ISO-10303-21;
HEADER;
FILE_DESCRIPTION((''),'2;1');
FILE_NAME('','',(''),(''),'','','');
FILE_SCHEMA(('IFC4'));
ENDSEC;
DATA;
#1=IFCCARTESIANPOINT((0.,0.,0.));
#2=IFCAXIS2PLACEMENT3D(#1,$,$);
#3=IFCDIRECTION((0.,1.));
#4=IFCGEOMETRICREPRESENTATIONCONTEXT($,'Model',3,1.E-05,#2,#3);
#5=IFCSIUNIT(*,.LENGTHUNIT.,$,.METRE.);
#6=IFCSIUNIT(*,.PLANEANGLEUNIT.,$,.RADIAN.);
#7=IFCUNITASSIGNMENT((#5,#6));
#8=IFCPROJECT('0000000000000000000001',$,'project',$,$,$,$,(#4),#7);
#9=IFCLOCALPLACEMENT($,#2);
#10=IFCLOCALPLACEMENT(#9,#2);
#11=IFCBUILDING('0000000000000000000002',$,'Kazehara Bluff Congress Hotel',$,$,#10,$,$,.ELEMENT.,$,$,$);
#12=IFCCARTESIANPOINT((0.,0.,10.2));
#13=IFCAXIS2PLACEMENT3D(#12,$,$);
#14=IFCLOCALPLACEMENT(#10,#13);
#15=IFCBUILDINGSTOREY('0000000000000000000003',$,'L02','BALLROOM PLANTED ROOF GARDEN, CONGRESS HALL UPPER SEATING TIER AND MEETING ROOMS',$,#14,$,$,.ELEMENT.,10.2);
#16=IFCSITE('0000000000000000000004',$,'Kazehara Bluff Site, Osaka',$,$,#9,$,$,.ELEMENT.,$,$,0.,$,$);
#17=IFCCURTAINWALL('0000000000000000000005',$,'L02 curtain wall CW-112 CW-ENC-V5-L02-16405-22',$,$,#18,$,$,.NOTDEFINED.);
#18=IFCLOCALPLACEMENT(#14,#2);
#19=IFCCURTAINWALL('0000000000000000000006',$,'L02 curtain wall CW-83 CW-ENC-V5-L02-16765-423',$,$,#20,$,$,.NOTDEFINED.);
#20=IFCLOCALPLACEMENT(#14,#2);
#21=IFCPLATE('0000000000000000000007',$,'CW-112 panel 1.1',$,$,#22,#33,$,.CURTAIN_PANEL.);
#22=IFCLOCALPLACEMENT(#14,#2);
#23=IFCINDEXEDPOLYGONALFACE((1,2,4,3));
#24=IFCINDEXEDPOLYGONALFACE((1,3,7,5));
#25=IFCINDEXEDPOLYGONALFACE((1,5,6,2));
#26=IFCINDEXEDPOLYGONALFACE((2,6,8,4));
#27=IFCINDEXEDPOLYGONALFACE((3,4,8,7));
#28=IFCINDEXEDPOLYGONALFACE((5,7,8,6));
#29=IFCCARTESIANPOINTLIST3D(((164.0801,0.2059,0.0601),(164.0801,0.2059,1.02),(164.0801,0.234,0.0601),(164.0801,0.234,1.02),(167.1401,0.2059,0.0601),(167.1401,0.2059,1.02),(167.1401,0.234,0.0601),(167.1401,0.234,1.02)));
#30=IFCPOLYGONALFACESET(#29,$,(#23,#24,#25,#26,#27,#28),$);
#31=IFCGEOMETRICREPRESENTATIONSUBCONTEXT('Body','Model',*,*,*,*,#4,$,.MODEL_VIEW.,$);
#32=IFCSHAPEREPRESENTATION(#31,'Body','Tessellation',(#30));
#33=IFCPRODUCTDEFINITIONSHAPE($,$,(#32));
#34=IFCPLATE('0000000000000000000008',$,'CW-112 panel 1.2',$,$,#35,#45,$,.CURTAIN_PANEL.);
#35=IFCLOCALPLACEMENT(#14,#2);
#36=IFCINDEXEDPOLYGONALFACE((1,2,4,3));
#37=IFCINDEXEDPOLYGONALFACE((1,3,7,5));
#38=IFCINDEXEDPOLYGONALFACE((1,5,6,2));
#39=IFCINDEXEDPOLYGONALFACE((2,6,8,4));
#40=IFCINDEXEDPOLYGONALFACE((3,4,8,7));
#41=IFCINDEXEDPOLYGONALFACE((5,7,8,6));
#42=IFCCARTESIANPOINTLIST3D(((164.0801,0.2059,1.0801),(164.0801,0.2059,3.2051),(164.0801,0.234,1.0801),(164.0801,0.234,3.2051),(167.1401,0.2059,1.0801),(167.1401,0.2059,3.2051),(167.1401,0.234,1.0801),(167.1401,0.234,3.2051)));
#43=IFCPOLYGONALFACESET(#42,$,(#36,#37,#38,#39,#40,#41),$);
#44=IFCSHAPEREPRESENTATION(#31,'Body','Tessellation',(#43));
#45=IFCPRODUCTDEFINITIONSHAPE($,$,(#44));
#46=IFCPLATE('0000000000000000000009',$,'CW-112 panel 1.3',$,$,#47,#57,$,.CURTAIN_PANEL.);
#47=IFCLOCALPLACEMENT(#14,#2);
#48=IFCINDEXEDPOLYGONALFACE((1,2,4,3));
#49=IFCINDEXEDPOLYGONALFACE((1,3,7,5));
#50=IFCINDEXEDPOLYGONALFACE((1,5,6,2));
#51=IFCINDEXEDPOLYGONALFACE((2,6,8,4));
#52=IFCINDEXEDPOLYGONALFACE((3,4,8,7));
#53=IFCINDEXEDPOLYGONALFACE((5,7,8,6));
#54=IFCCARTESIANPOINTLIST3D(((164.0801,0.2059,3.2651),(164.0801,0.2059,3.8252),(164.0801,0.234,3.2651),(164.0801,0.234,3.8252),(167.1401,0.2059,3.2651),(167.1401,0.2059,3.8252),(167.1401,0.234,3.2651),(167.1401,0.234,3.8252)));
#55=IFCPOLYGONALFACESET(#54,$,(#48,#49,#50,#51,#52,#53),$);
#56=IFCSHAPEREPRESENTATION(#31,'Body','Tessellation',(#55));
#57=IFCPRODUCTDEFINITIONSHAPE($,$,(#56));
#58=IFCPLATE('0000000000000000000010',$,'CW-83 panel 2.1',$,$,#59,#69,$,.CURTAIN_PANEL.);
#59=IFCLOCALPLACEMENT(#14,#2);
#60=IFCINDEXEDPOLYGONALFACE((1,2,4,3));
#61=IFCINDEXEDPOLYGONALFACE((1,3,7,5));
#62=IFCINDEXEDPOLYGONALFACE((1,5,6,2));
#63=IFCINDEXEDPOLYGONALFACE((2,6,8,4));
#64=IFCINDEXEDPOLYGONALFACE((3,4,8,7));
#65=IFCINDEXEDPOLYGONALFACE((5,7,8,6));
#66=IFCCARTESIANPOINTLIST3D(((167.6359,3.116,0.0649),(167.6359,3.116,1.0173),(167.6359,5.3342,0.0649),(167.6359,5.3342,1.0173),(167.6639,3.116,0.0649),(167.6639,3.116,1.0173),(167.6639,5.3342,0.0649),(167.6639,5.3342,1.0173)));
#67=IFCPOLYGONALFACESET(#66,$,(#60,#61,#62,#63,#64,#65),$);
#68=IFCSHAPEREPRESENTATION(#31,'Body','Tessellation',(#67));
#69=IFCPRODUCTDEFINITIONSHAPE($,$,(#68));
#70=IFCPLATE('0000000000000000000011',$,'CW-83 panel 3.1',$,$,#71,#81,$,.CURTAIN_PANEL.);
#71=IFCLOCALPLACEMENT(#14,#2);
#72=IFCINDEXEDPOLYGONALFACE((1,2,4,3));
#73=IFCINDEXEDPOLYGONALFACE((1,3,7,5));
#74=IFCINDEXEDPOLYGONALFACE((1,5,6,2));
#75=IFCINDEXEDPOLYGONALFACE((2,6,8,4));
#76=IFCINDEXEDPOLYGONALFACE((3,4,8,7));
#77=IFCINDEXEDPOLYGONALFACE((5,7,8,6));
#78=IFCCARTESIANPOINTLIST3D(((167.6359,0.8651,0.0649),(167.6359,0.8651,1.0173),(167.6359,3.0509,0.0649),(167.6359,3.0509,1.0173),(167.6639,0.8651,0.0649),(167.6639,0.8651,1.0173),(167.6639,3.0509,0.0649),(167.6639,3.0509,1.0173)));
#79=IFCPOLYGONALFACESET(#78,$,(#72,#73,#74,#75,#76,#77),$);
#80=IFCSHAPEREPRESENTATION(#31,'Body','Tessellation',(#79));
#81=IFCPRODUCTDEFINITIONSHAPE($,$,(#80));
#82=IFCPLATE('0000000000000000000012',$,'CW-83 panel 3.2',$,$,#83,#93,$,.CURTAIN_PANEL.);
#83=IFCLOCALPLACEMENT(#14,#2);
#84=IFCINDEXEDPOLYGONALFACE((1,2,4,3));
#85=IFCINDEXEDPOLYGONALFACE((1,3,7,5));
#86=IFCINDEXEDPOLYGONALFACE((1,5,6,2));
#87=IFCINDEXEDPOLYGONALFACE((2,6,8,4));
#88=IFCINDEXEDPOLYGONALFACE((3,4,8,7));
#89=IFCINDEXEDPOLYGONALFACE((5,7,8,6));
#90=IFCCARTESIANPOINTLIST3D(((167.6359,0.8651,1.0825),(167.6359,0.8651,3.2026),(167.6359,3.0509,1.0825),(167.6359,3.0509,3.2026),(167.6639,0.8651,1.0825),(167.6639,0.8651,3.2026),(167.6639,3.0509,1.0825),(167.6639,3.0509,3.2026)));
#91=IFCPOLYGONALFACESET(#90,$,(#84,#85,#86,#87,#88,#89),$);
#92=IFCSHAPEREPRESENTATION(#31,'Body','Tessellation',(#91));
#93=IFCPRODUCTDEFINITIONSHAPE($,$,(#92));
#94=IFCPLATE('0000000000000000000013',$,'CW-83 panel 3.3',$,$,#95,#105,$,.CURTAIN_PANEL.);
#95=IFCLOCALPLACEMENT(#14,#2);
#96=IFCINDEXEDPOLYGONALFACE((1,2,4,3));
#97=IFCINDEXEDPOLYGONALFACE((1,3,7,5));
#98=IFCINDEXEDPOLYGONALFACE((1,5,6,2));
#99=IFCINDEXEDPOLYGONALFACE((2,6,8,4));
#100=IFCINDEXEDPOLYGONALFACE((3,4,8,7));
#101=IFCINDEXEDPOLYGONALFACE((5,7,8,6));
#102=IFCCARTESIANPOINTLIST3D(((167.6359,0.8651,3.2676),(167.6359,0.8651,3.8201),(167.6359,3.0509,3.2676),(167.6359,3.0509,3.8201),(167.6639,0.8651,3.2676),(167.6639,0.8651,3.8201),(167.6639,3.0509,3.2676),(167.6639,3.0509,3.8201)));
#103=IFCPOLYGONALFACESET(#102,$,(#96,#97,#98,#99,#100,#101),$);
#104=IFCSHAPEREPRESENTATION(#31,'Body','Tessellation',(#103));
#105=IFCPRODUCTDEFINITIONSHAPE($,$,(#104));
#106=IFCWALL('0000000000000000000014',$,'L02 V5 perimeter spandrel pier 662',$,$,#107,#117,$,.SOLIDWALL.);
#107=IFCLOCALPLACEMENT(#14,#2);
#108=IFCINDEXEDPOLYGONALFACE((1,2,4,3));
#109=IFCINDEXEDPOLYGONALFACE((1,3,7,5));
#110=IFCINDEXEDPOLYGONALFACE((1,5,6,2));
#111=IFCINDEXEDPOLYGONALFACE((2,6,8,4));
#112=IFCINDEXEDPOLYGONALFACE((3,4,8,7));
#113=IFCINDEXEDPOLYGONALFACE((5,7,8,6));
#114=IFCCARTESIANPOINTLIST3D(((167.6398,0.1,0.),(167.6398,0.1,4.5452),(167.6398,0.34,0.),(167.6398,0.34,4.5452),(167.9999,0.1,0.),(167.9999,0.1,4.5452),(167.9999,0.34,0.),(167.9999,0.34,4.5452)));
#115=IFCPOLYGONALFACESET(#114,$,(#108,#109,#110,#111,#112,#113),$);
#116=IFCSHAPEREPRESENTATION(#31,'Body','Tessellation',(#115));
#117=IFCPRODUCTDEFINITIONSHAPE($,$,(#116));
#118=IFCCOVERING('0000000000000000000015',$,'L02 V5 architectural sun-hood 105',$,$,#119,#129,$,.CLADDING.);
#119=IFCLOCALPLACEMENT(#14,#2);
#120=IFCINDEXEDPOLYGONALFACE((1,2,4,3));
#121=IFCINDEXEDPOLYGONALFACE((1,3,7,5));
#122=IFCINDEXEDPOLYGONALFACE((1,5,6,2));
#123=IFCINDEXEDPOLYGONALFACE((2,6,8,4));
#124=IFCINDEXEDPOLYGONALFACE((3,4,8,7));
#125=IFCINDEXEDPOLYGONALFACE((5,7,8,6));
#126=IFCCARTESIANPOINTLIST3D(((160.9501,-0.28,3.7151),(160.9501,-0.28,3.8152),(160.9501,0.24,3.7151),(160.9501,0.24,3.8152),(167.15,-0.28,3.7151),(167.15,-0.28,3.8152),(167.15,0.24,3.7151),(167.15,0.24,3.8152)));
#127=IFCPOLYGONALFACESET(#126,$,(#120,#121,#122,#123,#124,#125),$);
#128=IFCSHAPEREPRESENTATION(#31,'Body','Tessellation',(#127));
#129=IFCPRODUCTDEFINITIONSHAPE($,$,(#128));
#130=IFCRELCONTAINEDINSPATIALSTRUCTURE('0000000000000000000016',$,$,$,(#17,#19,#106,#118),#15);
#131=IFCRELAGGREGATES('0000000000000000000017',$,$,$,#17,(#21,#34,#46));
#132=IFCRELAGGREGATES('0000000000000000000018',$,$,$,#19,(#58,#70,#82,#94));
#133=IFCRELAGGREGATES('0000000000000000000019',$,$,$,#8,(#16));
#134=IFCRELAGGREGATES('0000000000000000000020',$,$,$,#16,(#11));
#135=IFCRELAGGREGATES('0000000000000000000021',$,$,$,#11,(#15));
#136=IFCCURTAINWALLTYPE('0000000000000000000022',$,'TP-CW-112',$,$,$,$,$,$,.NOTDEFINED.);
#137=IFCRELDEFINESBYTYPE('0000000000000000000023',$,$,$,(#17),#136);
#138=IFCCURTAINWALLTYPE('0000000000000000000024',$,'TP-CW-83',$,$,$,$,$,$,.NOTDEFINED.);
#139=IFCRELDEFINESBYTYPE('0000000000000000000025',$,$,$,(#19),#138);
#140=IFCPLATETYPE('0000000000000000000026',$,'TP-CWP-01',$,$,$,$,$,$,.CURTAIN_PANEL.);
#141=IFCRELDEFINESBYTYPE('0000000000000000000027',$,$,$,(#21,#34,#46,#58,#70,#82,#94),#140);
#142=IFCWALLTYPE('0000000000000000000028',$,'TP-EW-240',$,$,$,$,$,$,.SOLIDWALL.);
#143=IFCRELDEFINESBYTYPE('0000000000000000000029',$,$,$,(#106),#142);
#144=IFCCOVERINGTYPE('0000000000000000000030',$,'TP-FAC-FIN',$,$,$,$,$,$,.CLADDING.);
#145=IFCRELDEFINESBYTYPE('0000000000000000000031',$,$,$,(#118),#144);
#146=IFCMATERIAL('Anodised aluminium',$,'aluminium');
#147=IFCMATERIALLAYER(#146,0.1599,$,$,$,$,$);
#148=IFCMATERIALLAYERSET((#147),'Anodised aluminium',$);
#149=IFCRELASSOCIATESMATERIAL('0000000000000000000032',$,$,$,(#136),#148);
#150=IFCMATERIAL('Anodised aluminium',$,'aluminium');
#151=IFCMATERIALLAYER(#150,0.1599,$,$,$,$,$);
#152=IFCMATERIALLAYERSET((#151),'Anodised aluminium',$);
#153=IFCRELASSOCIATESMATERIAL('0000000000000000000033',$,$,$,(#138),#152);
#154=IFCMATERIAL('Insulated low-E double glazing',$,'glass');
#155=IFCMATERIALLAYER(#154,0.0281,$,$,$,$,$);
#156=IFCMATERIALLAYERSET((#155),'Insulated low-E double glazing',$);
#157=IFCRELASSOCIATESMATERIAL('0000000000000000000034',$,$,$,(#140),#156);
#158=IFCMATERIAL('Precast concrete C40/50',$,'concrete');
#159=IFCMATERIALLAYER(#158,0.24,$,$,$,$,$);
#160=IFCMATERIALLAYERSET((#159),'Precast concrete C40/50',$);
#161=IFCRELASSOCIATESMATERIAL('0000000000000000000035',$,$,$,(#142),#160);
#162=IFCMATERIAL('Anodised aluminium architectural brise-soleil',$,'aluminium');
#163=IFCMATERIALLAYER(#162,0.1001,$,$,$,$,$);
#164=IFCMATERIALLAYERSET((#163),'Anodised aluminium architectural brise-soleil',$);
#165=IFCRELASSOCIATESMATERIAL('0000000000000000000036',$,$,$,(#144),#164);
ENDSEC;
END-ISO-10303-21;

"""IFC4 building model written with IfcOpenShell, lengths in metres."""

from ifc_helpers import new_model, si_unit, direction, frame, frame_2d, origin, origin_2d, place, context, subcontext, project, spatial, rectangle, extrude, material, layer, layer_set, type_object, element, aggregate, save


model = new_model("IFC4")

# Units and contexts
model_context = context("Model", 3, precision=1e-05, world=origin(), true_north=direction((0.0, 1.0)))
body_context = subcontext(model_context, "Body", "Model", "MODEL_VIEW")
ifc_project = project(units=[si_unit("LENGTHUNIT", "METRE"), si_unit("PLANEANGLEUNIT", "RADIAN")], contexts=[model_context])

# Site, building, storey
site_placement = place(None, origin())
site = spatial("IfcSite", under=ifc_project, at=site_placement, Name="Kazehara Bluff Site, Osaka", CompositionType="ELEMENT", RefElevation=0.0)
building_placement = place(site_placement, origin())
building = spatial("IfcBuilding", under=site, at=building_placement, Name="Kazehara Bluff Congress Hotel", CompositionType="ELEMENT")
storey_placement = place(building_placement, frame((0.0, 0.0, 10.2)))
storey = spatial("IfcBuildingStorey", under=building, at=storey_placement, Name="L02", Description="BALLROOM PLANTED ROOF GARDEN, CONGRESS HALL UPPER SEATING TIER AND MEETING ROOMS", CompositionType="ELEMENT", Elevation=10.2)

# Curtain walls
ifc_material_1 = material(Name="Anodised aluminium", Category="aluminium")
ifc_layer_1 = layer(ifc_material_1, 0.1599)
ifc_layer_set_1 = layer_set([ifc_layer_1], Name="Anodised aluminium")
curtain_wall_type_1 = type_object("IfcCurtainWallType", Name="TP-CW-112", PredefinedType="NOTDEFINED", material=ifc_layer_set_1)
curtain_wall_1_placement = place(storey_placement, origin())
curtain_wall_1 = element("IfcCurtainWall", 1, at=curtain_wall_1_placement, inside=storey, type_object=curtain_wall_type_1, Name="L02 curtain wall CW-112 CW-ENC-V5-L02-16405-22", PredefinedType="NOTDEFINED")
ifc_material_2 = material(Name="Anodised aluminium", Category="aluminium")
ifc_layer_2 = layer(ifc_material_2, 0.1599)
ifc_layer_set_2 = layer_set([ifc_layer_2], Name="Anodised aluminium")
curtain_wall_type_2 = type_object("IfcCurtainWallType", Name="TP-CW-83", PredefinedType="NOTDEFINED", material=ifc_layer_set_2)
curtain_wall_2_placement = place(storey_placement, origin())
curtain_wall_2 = element("IfcCurtainWall", 2, at=curtain_wall_2_placement, inside=storey, type_object=curtain_wall_type_2, Name="L02 curtain wall CW-83 CW-ENC-V5-L02-16765-423", PredefinedType="NOTDEFINED")

# Plates
ifc_material_3 = material(Name="Insulated low-E double glazing", Category="glass")
ifc_layer_3 = layer(ifc_material_3, 0.0281)
ifc_layer_set_3 = layer_set([ifc_layer_3], Name="Insulated low-E double glazing")
plate_type = type_object("IfcPlateType", Name="TP-CWP-01", PredefinedType="CURTAIN_PANEL", material=ifc_layer_set_3)
plate_1_placement = place(storey_placement, frame((165.6101, 0.22, 0.0601), z_axis=(0.0, 0.0, 1.0), x_axis=(-1.0, 0.0, 0.0)))
plate_1 = element("IfcPlate", 3, at=plate_1_placement, type_object=plate_type, Name="CW-112 panel 1.1", PredefinedType="CURTAIN_PANEL", context=body_context, shape_type="SweptSolid", body=[
    extrude(rectangle(XDim=3.0601, YDim=0.0281, at=origin_2d()), origin(), (0.0, 0.0, 1.0), 0.96),
])
plate_2_placement = place(storey_placement, frame((165.6101, 0.22, 1.0801), z_axis=(0.0, 0.0, 1.0), x_axis=(-1.0, 0.0, 0.0)))
plate_2 = element("IfcPlate", 4, at=plate_2_placement, type_object=plate_type, Name="CW-112 panel 1.2", PredefinedType="CURTAIN_PANEL", context=body_context, shape_type="SweptSolid", body=[
    extrude(rectangle(XDim=3.0601, YDim=0.0281, at=origin_2d()), origin(), (0.0, 0.0, 1.0), 2.125),
])
plate_3_placement = place(storey_placement, frame((165.6101, 0.22, 3.2651), z_axis=(0.0, 0.0, 1.0), x_axis=(-1.0, 0.0, 0.0)))
plate_3 = element("IfcPlate", 5, at=plate_3_placement, type_object=plate_type, Name="CW-112 panel 1.3", PredefinedType="CURTAIN_PANEL", context=body_context, shape_type="SweptSolid", body=[
    extrude(rectangle(XDim=3.0601, YDim=0.0281, at=origin_2d()), origin(), (0.0, 0.0, 1.0), 0.5601),
])
aggregate(curtain_wall_1, [plate_1, plate_2, plate_3])
plate_4_placement = place(storey_placement, frame((167.6499, 4.2251, 0.0649), z_axis=(0.0, 0.0, 1.0), x_axis=(0.0, -1.0, 0.0)))
plate_4 = element("IfcPlate", 6, at=plate_4_placement, type_object=plate_type, Name="CW-83 panel 2.1", PredefinedType="CURTAIN_PANEL", context=body_context, shape_type="SweptSolid", body=[
    extrude(rectangle(XDim=2.2183, YDim=0.0281, at=origin_2d()), origin(), (0.0, 0.0, 1.0), 0.9524),
])
plate_5_placement = place(storey_placement, frame((167.6499, 1.958, 0.0649), z_axis=(0.0, 0.0, 1.0), x_axis=(0.0, -1.0, 0.0)))
plate_5 = element("IfcPlate", 7, at=plate_5_placement, type_object=plate_type, Name="CW-83 panel 3.1", PredefinedType="CURTAIN_PANEL", context=body_context, shape_type="SweptSolid", body=[
    extrude(rectangle(XDim=2.1858, YDim=0.0281, at=origin_2d()), origin(), (0.0, 0.0, 1.0), 0.9524),
])
plate_6_placement = place(storey_placement, frame((167.6499, 1.958, 1.0825), z_axis=(0.0, 0.0, 1.0), x_axis=(0.0, -1.0, 0.0)))
plate_6 = element("IfcPlate", 8, at=plate_6_placement, type_object=plate_type, Name="CW-83 panel 3.2", PredefinedType="CURTAIN_PANEL", context=body_context, shape_type="SweptSolid", body=[
    extrude(rectangle(XDim=2.1858, YDim=0.0281, at=origin_2d()), origin(), (0.0, 0.0, 1.0), 2.1201),
])
plate_7_placement = place(storey_placement, frame((167.6499, 1.958, 3.2676), z_axis=(0.0, 0.0, 1.0), x_axis=(0.0, -1.0, 0.0)))
plate_7 = element("IfcPlate", 9, at=plate_7_placement, type_object=plate_type, Name="CW-83 panel 3.3", PredefinedType="CURTAIN_PANEL", context=body_context, shape_type="SweptSolid", body=[
    extrude(rectangle(XDim=2.1858, YDim=0.0281, at=origin_2d()), origin(), (0.0, 0.0, 1.0), 0.5525),
])
aggregate(curtain_wall_2, [plate_4, plate_5, plate_6, plate_7])

# Wall
ifc_material_4 = material(Name="Precast concrete C40/50", Category="concrete")
ifc_layer_4 = layer(ifc_material_4, 0.24)
ifc_layer_set_4 = layer_set([ifc_layer_4], Name="Precast concrete C40/50")
wall_type = type_object("IfcWallType", Name="TP-EW-240", PredefinedType="SOLIDWALL", material=ifc_layer_set_4)
wall_placement = place(storey_placement, frame((168.0, 0.22, 0.0), z_axis=(0.0, 0.0, 1.0), x_axis=(-1.0, 0.0, 0.0)))
element("IfcWall", 10, at=wall_placement, inside=storey, type_object=wall_type, Name="L02 V5 perimeter spandrel pier 662", PredefinedType="SOLIDWALL", context=body_context, shape_type="SweptSolid", body=[
    extrude(rectangle(XDim=0.3601, YDim=0.24, at=frame_2d((0.1802, 0.0))), origin(), (0.0, 0.0, 1.0), 4.5452),
])

# Covering
ifc_material_5 = material(Name="Anodised aluminium architectural brise-soleil", Category="aluminium")
ifc_layer_5 = layer(ifc_material_5, 0.1001)
ifc_layer_set_5 = layer_set([ifc_layer_5], Name="Anodised aluminium architectural brise-soleil")
covering_type = type_object("IfcCoveringType", Name="TP-FAC-FIN", PredefinedType="CLADDING", material=ifc_layer_set_5)
covering_placement = place(storey_placement, frame((164.05, -0.02, 3.7151), z_axis=(0.0, 0.0, 1.0), x_axis=(1.0, 0.0, 0.0)))
element("IfcCovering", 11, at=covering_placement, inside=storey, type_object=covering_type, Name="L02 V5 architectural sun-hood 105", PredefinedType="CLADDING", context=body_context, shape_type="SweptSolid", body=[
    extrude(rectangle(XDim=6.2, YDim=0.52, at=origin_2d()), origin(), (0.0, 0.0, 1.0), 0.1001),
])

save(model, "model.ifc")
